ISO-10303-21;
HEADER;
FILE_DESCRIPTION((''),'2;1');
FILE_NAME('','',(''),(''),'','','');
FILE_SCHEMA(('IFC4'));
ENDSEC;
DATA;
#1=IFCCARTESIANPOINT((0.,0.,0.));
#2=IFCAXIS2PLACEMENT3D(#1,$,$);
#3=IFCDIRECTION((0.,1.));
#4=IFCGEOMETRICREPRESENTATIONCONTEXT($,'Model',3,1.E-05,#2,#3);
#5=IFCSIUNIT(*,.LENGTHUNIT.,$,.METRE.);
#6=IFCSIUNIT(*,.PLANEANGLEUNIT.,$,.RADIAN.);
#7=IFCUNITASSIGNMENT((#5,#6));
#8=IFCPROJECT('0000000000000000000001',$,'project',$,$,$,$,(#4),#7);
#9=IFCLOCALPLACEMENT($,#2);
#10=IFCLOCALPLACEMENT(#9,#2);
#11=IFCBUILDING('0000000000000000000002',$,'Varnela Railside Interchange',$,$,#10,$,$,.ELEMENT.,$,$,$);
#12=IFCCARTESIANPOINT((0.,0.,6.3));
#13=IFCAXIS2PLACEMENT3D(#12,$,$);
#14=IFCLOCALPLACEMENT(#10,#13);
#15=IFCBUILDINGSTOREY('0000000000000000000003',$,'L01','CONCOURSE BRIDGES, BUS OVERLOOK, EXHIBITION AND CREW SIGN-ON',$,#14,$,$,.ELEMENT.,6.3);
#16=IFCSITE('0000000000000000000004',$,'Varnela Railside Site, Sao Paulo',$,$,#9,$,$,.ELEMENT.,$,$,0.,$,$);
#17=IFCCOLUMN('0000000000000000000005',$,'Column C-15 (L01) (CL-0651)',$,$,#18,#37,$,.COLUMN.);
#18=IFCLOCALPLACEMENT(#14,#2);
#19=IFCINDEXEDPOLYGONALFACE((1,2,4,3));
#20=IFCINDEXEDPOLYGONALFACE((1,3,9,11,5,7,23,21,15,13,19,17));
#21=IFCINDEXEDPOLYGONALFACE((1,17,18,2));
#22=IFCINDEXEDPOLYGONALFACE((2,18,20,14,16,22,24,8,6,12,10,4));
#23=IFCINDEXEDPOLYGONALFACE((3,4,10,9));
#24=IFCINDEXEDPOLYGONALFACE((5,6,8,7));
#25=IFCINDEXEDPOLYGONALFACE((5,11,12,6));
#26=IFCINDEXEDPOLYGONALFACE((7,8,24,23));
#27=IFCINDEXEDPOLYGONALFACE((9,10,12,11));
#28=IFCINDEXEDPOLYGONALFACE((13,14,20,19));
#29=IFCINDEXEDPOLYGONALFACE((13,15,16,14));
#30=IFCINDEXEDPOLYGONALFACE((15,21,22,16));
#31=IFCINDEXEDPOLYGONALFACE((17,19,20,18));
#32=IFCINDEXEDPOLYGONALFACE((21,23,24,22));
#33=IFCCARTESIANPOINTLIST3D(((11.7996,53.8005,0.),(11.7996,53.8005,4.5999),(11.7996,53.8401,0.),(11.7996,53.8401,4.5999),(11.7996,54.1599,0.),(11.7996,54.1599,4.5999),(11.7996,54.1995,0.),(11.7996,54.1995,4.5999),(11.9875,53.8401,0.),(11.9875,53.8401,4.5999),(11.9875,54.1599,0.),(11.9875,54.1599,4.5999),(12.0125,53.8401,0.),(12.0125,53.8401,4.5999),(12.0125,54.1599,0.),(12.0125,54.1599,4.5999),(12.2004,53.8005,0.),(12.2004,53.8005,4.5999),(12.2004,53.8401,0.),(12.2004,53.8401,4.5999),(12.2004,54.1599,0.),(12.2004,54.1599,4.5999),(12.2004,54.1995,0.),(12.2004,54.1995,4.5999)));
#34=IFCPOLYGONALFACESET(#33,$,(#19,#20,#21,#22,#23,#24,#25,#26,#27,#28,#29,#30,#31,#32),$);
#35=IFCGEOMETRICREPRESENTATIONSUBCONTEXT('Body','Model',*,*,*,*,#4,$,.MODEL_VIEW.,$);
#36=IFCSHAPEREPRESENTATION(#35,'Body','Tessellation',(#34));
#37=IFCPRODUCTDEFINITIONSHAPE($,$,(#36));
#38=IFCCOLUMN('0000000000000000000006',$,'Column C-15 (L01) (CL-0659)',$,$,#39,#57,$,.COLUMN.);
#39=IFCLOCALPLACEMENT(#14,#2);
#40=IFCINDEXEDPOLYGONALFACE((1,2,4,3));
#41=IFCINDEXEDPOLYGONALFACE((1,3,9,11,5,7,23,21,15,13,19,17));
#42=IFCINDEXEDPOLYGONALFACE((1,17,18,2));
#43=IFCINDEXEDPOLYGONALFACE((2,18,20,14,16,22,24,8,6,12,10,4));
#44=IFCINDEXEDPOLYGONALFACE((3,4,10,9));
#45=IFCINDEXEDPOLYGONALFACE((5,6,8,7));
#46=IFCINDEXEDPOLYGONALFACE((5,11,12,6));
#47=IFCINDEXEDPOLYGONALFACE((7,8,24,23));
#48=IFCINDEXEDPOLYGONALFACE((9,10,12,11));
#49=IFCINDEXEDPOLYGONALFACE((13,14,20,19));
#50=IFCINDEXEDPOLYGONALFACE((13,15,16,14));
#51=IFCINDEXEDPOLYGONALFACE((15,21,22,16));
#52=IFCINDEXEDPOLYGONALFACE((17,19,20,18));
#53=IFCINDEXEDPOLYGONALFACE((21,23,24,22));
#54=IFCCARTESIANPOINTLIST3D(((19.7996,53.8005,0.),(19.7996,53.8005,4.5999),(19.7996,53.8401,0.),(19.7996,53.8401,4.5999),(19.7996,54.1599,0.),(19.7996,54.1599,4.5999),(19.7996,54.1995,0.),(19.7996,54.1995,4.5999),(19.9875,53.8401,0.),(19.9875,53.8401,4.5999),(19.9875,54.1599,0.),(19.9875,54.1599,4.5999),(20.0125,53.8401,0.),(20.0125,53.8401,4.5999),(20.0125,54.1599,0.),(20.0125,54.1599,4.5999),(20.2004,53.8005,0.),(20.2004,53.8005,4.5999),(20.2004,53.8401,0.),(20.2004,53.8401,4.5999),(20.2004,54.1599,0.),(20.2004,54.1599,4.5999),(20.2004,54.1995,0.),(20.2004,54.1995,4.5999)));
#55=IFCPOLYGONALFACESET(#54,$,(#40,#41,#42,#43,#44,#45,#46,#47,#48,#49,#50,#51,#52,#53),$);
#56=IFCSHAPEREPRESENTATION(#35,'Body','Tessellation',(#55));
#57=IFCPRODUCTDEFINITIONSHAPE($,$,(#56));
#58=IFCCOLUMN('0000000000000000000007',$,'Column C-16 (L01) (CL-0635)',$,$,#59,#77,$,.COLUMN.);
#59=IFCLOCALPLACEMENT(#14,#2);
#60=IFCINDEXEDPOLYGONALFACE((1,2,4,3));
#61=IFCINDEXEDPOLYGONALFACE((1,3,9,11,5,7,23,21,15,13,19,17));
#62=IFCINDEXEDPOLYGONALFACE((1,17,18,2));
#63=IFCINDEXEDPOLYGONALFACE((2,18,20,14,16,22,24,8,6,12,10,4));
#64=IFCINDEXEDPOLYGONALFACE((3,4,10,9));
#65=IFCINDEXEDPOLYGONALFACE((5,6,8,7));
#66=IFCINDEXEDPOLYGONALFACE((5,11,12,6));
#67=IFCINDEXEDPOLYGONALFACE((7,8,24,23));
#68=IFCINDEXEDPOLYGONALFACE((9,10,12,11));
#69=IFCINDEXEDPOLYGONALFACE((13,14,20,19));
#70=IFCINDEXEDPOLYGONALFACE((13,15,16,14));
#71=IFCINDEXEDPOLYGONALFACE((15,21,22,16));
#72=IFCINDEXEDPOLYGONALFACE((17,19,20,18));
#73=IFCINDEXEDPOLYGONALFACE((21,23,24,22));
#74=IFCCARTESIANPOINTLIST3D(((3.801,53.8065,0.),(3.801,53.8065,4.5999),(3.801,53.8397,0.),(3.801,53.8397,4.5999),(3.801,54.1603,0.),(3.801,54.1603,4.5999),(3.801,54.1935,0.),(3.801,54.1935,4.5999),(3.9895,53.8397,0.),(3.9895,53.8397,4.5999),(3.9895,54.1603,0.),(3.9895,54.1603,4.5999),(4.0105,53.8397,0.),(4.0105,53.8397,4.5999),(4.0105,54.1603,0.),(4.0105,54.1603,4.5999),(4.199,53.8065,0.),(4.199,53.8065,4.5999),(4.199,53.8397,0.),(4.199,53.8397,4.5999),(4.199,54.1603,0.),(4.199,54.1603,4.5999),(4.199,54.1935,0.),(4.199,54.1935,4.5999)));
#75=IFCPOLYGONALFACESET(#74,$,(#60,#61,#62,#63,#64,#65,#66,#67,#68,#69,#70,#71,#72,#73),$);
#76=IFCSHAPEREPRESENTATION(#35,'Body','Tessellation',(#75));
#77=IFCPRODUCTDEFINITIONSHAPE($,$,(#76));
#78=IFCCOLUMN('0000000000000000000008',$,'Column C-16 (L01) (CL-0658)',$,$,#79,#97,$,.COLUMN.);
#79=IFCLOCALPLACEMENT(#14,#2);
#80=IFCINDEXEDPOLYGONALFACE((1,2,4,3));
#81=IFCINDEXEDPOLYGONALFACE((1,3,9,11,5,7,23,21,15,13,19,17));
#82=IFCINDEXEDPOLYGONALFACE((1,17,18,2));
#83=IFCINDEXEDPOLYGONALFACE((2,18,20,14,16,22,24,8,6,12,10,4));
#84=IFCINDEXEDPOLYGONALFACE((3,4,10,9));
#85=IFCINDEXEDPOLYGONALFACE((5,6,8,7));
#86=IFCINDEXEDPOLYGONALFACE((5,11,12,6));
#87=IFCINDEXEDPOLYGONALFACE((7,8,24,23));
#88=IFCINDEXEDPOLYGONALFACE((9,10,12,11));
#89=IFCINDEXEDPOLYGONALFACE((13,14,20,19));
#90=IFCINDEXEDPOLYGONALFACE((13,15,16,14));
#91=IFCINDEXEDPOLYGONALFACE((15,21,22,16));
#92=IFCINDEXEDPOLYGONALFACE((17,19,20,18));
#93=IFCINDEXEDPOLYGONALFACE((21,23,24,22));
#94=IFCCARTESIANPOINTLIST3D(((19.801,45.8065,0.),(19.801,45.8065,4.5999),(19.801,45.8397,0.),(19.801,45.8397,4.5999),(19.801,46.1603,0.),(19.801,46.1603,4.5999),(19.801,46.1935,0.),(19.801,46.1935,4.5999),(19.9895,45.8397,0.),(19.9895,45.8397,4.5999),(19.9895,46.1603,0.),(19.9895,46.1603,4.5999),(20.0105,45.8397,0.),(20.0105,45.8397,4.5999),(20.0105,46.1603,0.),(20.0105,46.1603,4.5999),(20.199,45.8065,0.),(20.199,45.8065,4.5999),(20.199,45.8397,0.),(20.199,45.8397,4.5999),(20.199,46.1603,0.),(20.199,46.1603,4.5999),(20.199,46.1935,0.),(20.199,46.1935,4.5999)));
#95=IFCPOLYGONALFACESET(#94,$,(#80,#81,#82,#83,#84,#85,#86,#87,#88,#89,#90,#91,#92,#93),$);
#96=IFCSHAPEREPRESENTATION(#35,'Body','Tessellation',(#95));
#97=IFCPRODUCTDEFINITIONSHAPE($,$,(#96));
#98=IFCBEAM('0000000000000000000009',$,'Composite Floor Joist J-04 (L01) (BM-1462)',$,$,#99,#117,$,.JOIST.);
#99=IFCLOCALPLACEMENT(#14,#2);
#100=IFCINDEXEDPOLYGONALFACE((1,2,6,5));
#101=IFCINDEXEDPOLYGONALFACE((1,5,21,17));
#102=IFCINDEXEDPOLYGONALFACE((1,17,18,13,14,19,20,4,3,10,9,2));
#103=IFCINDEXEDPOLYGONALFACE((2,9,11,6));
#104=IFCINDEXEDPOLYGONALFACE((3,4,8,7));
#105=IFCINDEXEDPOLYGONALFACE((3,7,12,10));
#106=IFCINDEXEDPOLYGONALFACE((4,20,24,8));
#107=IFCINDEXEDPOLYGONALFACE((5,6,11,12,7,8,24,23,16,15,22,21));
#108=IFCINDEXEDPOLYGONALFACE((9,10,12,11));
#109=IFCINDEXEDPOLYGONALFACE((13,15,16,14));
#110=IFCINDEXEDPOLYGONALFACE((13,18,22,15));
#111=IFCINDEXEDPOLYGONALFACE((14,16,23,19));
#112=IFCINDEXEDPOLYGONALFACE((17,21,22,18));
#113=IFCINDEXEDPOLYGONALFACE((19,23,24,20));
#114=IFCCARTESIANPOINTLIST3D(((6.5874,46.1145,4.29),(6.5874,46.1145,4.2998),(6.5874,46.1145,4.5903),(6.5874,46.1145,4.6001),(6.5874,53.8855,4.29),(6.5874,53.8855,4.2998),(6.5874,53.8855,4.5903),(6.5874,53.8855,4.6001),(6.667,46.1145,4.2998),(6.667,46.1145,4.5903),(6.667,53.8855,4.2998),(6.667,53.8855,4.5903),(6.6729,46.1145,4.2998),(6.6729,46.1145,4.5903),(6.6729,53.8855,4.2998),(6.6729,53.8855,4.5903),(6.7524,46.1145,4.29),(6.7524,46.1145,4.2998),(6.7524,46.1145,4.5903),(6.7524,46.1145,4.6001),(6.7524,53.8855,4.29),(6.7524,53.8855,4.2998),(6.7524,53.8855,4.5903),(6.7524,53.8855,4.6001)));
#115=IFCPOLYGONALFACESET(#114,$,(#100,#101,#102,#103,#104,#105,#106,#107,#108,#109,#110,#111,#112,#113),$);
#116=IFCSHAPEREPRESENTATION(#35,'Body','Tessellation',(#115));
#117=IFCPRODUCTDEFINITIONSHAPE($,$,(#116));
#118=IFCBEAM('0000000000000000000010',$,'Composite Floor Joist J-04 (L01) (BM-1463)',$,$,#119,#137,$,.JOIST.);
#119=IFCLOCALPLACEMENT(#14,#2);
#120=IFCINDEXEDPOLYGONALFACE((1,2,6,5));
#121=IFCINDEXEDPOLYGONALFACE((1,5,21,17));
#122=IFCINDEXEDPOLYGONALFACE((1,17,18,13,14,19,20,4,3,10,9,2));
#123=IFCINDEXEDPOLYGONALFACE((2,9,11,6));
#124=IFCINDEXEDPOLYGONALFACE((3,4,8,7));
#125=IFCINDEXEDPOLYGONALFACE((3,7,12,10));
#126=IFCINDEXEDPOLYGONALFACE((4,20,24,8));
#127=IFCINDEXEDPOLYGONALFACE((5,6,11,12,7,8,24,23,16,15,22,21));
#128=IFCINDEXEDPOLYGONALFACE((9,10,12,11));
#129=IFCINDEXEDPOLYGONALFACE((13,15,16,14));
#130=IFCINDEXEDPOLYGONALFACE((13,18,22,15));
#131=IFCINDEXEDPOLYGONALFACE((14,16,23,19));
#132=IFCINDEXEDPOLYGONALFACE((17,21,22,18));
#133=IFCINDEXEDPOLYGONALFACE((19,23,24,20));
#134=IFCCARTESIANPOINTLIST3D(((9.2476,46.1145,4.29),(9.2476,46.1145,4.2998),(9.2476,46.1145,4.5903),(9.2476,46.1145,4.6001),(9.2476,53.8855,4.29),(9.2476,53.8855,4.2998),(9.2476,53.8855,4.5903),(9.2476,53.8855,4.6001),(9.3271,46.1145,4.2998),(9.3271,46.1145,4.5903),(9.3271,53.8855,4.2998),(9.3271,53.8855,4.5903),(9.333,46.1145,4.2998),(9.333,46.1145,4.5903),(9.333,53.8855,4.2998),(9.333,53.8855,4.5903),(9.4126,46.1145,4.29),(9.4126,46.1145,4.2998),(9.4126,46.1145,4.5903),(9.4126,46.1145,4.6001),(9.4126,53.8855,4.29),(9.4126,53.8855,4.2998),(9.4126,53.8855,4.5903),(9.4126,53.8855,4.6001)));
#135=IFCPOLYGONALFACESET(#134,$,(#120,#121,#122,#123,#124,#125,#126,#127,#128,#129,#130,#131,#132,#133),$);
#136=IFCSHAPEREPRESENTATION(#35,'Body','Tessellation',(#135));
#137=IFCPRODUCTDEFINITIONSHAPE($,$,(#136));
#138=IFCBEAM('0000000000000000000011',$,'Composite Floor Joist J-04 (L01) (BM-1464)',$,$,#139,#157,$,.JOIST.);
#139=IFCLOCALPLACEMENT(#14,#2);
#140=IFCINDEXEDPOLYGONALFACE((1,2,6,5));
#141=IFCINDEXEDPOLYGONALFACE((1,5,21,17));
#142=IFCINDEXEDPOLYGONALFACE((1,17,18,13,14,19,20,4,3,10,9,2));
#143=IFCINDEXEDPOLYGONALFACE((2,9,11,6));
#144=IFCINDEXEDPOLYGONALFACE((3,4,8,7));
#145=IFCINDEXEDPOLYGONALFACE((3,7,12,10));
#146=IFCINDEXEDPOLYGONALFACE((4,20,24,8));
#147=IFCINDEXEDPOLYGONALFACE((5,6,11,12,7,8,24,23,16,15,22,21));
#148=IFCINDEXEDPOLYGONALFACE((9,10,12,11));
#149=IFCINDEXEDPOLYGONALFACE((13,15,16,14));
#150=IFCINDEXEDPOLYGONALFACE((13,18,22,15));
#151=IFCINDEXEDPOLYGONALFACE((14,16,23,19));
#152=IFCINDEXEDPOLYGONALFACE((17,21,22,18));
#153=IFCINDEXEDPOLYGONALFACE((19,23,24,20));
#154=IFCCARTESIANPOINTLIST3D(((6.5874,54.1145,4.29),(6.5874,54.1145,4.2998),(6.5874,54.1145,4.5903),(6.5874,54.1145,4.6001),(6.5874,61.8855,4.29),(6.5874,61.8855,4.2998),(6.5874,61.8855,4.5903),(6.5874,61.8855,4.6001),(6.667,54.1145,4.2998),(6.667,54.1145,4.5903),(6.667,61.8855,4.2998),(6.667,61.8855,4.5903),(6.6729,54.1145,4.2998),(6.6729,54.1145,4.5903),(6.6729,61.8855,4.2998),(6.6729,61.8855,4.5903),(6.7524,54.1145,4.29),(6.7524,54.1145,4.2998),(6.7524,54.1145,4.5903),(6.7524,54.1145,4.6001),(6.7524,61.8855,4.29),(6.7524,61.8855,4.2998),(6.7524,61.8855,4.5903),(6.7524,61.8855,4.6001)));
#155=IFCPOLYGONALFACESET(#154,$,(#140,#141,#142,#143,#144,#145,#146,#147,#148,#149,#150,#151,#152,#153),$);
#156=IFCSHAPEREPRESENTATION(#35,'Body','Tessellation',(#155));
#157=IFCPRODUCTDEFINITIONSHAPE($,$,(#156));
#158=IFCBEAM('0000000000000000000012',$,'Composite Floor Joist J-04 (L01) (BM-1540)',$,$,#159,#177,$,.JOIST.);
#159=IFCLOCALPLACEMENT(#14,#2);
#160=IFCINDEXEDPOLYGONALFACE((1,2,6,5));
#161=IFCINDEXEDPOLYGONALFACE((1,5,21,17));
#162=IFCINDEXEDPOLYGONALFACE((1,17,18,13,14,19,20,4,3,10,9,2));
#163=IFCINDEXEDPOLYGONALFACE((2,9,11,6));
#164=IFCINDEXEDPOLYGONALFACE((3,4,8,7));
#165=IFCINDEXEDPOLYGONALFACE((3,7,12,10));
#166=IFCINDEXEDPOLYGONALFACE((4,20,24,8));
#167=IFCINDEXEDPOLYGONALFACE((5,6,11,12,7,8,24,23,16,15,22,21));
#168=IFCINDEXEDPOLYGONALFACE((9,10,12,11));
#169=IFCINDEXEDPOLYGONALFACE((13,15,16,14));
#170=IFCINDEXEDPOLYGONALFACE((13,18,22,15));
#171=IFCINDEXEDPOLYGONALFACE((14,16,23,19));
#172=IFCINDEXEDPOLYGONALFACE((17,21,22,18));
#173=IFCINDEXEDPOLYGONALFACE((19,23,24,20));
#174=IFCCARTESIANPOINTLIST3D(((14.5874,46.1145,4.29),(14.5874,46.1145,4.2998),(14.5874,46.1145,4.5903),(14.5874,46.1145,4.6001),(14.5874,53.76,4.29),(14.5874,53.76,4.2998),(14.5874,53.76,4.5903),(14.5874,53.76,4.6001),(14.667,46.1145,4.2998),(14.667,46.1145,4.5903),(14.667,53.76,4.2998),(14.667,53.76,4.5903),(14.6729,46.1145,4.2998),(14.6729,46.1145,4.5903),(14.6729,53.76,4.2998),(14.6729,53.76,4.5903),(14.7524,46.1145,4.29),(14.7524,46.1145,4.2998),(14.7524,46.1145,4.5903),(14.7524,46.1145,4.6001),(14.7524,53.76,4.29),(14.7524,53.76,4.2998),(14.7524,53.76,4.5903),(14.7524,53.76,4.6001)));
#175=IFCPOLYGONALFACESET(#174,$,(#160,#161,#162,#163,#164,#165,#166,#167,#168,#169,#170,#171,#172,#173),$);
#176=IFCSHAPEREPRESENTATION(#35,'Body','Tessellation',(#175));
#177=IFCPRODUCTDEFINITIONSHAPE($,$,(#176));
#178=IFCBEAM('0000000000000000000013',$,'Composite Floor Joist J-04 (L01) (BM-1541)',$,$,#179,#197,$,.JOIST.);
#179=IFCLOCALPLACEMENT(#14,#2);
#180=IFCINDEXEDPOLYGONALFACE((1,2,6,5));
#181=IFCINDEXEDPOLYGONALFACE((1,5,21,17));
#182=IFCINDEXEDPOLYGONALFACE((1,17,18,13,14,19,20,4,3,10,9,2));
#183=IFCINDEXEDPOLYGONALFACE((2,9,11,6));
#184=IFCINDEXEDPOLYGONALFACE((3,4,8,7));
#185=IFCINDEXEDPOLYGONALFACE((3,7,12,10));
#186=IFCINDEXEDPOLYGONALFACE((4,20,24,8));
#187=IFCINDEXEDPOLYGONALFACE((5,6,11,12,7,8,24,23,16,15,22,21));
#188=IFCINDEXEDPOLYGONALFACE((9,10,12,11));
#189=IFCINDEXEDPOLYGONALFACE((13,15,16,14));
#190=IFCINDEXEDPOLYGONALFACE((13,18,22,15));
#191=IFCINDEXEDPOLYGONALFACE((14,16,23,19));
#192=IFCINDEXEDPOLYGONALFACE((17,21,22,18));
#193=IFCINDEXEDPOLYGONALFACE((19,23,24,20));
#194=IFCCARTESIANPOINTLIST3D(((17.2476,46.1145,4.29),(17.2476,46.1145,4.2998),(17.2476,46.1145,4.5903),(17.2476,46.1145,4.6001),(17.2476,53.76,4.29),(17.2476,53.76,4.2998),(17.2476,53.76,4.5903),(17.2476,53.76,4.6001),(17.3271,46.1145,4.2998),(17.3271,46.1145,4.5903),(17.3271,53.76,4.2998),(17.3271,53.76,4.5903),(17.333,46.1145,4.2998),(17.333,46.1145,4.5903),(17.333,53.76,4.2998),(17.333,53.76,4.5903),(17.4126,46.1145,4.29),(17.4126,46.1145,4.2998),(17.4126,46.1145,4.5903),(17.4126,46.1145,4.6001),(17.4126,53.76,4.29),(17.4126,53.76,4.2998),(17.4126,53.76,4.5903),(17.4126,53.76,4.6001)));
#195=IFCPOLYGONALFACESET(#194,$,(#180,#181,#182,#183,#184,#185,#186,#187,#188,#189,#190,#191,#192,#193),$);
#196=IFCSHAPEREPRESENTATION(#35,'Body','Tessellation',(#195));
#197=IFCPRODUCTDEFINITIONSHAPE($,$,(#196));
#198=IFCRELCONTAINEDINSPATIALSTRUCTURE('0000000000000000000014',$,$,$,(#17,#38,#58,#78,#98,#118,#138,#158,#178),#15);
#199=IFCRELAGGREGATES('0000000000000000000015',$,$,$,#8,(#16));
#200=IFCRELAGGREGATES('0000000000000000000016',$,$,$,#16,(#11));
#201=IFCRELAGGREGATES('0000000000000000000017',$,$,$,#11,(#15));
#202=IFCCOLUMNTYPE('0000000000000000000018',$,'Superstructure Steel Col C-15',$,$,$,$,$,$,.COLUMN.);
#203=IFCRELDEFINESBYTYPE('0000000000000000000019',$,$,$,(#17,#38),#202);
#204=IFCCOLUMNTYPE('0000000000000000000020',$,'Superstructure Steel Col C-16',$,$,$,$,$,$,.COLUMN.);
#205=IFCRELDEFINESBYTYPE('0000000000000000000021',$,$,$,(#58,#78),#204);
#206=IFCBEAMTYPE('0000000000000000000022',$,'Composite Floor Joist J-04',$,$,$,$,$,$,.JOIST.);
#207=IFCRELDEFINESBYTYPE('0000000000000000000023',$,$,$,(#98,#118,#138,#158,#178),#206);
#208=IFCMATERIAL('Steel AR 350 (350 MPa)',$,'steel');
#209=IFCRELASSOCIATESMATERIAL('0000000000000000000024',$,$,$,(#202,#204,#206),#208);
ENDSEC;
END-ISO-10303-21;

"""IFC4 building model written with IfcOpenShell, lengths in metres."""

from ifc_helpers import new_model, si_unit, direction, frame, origin, origin_2d, place, context, subcontext, project, spatial, i_section, extrude, material, material_profile, profile_set, type_object, element, save


model = new_model("IFC4")

# Units and contexts
model_context = context("Model", 3, precision=1e-05, world=origin(), true_north=direction((0.0, 1.0)))
body_context = subcontext(model_context, "Body", "Model", "MODEL_VIEW")
ifc_project = project(units=[si_unit("LENGTHUNIT", "METRE"), si_unit("PLANEANGLEUNIT", "RADIAN")], contexts=[model_context])

# Site, building, storey
site_placement = place(None, origin())
site = spatial("IfcSite", under=ifc_project, at=site_placement, Name="Varnela Railside Site, Sao Paulo", CompositionType="ELEMENT", RefElevation=0.0)
building_placement = place(site_placement, origin())
building = spatial("IfcBuilding", under=site, at=building_placement, Name="Varnela Railside Interchange", CompositionType="ELEMENT")
storey_placement = place(building_placement, frame((0.0, 0.0, 6.3)))
storey = spatial("IfcBuildingStorey", under=building, at=storey_placement, Name="L01", Description="CONCOURSE BRIDGES, BUS OVERLOOK, EXHIBITION AND CREW SIGN-ON", CompositionType="ELEMENT", Elevation=6.3)

# Columns
ifc_material_1 = material(Name="Steel AR 350 (350 MPa)", Category="steel")
ifc_material_profile_1 = material_profile(ifc_material_1, i_section(OverallWidth=0.4009, OverallDepth=0.3989, WebThickness=0.0249, FlangeThickness=0.0396, at=origin_2d()), Name="W360x314")
ifc_profile_set_1 = profile_set([ifc_material_profile_1], Name="Steel AR 350 (350 MPa)")
column_type_1 = type_object("IfcColumnType", Name="Superstructure Steel Col C-15", PredefinedType="COLUMN", material=ifc_profile_set_1)
for number, where, z_axis, x_axis, name in (
    (1, (12.0, 54.0, 0.0), (0.0, 0.0, 1.0), (1.0, 0.0, 0.0), "Column C-15 (L01) (CL-0651)"),
    (2, (20.0, 54.0, 0.0), (0.0, 0.0, 1.0), (1.0, 0.0, 0.0), "Column C-15 (L01) (CL-0659)"),
):
    element("IfcColumn", number, at=place(storey_placement, frame(where, z_axis=z_axis, x_axis=x_axis)), inside=storey, type_object=column_type_1, Name=name, PredefinedType="COLUMN", context=body_context, shape_type="SweptSolid", body=[
        extrude(i_section(OverallWidth=0.4009, OverallDepth=0.3989, WebThickness=0.0249, FlangeThickness=0.0396, at=origin_2d()), origin(), (0.0, 0.0, 1.0), 4.5999),
    ])
ifc_material_profile_2 = material_profile(ifc_material_1, i_section(OverallWidth=0.3979, OverallDepth=0.387, WebThickness=0.021, FlangeThickness=0.0332, at=origin_2d()), Name="W360x262")
ifc_profile_set_2 = profile_set([ifc_material_profile_2], Name="Steel AR 350 (350 MPa)")
column_type_2 = type_object("IfcColumnType", Name="Superstructure Steel Col C-16", PredefinedType="COLUMN", material=ifc_profile_set_2)
for number, where, z_axis, x_axis, name in (
    (3, (4.0, 54.0, 0.0), (0.0, 0.0, 1.0), (1.0, 0.0, 0.0), "Column C-16 (L01) (CL-0635)"),
    (4, (20.0, 46.0, 0.0), (0.0, 0.0, 1.0), (1.0, 0.0, 0.0), "Column C-16 (L01) (CL-0658)"),
):
    element("IfcColumn", number, at=place(storey_placement, frame(where, z_axis=z_axis, x_axis=x_axis)), inside=storey, type_object=column_type_2, Name=name, PredefinedType="COLUMN", context=body_context, shape_type="SweptSolid", body=[
        extrude(i_section(OverallWidth=0.3979, OverallDepth=0.387, WebThickness=0.021, FlangeThickness=0.0332, at=origin_2d()), origin(), (0.0, 0.0, 1.0), 4.5999),
    ])

# Beams
ifc_material_profile_3 = material_profile(ifc_material_1, i_section(OverallWidth=0.165, OverallDepth=0.3101, WebThickness=0.0059, FlangeThickness=0.0098, at=origin_2d()), Name="W310x38.7")
ifc_profile_set_3 = profile_set([ifc_material_profile_3], Name="Steel AR 350 (350 MPa)")
beam_type_1 = type_object("IfcBeamType", Name="Composite Floor Joist J-04", PredefinedType="JOIST", material=ifc_profile_set_3)
for number, where, z_axis, x_axis, name in (
    (5, (6.6699, 46.1145, 4.4451), (0.0, 1.0, 0.0), (-1.0, 0.0, 0.0), "Composite Floor Joist J-04 (L01) (BM-1462)"),
    (6, (9.3301, 46.1145, 4.4451), (0.0, 1.0, 0.0), (-1.0, 0.0, 0.0), "Composite Floor Joist J-04 (L01) (BM-1463)"),
    (7, (6.6699, 54.1145, 4.4451), (0.0, 1.0, 0.0), (-1.0, 0.0, 0.0), "Composite Floor Joist J-04 (L01) (BM-1464)"),
):
    element("IfcBeam", number, at=place(storey_placement, frame(where, z_axis=z_axis, x_axis=x_axis)), inside=storey, type_object=beam_type_1, Name=name, PredefinedType="JOIST", context=body_context, shape_type="SweptSolid", body=[
        extrude(i_section(OverallWidth=0.165, OverallDepth=0.3101, WebThickness=0.0059, FlangeThickness=0.0098, at=origin_2d()), origin(), (0.0, 0.0, 1.0), 7.771),
    ])
for number, where, z_axis, x_axis, name in (
    (8, (14.6699, 46.1145, 4.4451), (0.0, 1.0, 0.0), (-1.0, 0.0, 0.0), "Composite Floor Joist J-04 (L01) (BM-1540)"),
    (9, (17.3301, 46.1145, 4.4451), (0.0, 1.0, 0.0), (-1.0, 0.0, 0.0), "Composite Floor Joist J-04 (L01) (BM-1541)"),
):
    element("IfcBeam", number, at=place(storey_placement, frame(where, z_axis=z_axis, x_axis=x_axis)), inside=storey, type_object=beam_type_1, Name=name, PredefinedType="JOIST", context=body_context, shape_type="SweptSolid", body=[
        extrude(i_section(OverallWidth=0.165, OverallDepth=0.3101, WebThickness=0.0059, FlangeThickness=0.0098, at=origin_2d()), origin(), (0.0, 0.0, 1.0), 7.6455),
    ])

save(model, "model.ifc")
